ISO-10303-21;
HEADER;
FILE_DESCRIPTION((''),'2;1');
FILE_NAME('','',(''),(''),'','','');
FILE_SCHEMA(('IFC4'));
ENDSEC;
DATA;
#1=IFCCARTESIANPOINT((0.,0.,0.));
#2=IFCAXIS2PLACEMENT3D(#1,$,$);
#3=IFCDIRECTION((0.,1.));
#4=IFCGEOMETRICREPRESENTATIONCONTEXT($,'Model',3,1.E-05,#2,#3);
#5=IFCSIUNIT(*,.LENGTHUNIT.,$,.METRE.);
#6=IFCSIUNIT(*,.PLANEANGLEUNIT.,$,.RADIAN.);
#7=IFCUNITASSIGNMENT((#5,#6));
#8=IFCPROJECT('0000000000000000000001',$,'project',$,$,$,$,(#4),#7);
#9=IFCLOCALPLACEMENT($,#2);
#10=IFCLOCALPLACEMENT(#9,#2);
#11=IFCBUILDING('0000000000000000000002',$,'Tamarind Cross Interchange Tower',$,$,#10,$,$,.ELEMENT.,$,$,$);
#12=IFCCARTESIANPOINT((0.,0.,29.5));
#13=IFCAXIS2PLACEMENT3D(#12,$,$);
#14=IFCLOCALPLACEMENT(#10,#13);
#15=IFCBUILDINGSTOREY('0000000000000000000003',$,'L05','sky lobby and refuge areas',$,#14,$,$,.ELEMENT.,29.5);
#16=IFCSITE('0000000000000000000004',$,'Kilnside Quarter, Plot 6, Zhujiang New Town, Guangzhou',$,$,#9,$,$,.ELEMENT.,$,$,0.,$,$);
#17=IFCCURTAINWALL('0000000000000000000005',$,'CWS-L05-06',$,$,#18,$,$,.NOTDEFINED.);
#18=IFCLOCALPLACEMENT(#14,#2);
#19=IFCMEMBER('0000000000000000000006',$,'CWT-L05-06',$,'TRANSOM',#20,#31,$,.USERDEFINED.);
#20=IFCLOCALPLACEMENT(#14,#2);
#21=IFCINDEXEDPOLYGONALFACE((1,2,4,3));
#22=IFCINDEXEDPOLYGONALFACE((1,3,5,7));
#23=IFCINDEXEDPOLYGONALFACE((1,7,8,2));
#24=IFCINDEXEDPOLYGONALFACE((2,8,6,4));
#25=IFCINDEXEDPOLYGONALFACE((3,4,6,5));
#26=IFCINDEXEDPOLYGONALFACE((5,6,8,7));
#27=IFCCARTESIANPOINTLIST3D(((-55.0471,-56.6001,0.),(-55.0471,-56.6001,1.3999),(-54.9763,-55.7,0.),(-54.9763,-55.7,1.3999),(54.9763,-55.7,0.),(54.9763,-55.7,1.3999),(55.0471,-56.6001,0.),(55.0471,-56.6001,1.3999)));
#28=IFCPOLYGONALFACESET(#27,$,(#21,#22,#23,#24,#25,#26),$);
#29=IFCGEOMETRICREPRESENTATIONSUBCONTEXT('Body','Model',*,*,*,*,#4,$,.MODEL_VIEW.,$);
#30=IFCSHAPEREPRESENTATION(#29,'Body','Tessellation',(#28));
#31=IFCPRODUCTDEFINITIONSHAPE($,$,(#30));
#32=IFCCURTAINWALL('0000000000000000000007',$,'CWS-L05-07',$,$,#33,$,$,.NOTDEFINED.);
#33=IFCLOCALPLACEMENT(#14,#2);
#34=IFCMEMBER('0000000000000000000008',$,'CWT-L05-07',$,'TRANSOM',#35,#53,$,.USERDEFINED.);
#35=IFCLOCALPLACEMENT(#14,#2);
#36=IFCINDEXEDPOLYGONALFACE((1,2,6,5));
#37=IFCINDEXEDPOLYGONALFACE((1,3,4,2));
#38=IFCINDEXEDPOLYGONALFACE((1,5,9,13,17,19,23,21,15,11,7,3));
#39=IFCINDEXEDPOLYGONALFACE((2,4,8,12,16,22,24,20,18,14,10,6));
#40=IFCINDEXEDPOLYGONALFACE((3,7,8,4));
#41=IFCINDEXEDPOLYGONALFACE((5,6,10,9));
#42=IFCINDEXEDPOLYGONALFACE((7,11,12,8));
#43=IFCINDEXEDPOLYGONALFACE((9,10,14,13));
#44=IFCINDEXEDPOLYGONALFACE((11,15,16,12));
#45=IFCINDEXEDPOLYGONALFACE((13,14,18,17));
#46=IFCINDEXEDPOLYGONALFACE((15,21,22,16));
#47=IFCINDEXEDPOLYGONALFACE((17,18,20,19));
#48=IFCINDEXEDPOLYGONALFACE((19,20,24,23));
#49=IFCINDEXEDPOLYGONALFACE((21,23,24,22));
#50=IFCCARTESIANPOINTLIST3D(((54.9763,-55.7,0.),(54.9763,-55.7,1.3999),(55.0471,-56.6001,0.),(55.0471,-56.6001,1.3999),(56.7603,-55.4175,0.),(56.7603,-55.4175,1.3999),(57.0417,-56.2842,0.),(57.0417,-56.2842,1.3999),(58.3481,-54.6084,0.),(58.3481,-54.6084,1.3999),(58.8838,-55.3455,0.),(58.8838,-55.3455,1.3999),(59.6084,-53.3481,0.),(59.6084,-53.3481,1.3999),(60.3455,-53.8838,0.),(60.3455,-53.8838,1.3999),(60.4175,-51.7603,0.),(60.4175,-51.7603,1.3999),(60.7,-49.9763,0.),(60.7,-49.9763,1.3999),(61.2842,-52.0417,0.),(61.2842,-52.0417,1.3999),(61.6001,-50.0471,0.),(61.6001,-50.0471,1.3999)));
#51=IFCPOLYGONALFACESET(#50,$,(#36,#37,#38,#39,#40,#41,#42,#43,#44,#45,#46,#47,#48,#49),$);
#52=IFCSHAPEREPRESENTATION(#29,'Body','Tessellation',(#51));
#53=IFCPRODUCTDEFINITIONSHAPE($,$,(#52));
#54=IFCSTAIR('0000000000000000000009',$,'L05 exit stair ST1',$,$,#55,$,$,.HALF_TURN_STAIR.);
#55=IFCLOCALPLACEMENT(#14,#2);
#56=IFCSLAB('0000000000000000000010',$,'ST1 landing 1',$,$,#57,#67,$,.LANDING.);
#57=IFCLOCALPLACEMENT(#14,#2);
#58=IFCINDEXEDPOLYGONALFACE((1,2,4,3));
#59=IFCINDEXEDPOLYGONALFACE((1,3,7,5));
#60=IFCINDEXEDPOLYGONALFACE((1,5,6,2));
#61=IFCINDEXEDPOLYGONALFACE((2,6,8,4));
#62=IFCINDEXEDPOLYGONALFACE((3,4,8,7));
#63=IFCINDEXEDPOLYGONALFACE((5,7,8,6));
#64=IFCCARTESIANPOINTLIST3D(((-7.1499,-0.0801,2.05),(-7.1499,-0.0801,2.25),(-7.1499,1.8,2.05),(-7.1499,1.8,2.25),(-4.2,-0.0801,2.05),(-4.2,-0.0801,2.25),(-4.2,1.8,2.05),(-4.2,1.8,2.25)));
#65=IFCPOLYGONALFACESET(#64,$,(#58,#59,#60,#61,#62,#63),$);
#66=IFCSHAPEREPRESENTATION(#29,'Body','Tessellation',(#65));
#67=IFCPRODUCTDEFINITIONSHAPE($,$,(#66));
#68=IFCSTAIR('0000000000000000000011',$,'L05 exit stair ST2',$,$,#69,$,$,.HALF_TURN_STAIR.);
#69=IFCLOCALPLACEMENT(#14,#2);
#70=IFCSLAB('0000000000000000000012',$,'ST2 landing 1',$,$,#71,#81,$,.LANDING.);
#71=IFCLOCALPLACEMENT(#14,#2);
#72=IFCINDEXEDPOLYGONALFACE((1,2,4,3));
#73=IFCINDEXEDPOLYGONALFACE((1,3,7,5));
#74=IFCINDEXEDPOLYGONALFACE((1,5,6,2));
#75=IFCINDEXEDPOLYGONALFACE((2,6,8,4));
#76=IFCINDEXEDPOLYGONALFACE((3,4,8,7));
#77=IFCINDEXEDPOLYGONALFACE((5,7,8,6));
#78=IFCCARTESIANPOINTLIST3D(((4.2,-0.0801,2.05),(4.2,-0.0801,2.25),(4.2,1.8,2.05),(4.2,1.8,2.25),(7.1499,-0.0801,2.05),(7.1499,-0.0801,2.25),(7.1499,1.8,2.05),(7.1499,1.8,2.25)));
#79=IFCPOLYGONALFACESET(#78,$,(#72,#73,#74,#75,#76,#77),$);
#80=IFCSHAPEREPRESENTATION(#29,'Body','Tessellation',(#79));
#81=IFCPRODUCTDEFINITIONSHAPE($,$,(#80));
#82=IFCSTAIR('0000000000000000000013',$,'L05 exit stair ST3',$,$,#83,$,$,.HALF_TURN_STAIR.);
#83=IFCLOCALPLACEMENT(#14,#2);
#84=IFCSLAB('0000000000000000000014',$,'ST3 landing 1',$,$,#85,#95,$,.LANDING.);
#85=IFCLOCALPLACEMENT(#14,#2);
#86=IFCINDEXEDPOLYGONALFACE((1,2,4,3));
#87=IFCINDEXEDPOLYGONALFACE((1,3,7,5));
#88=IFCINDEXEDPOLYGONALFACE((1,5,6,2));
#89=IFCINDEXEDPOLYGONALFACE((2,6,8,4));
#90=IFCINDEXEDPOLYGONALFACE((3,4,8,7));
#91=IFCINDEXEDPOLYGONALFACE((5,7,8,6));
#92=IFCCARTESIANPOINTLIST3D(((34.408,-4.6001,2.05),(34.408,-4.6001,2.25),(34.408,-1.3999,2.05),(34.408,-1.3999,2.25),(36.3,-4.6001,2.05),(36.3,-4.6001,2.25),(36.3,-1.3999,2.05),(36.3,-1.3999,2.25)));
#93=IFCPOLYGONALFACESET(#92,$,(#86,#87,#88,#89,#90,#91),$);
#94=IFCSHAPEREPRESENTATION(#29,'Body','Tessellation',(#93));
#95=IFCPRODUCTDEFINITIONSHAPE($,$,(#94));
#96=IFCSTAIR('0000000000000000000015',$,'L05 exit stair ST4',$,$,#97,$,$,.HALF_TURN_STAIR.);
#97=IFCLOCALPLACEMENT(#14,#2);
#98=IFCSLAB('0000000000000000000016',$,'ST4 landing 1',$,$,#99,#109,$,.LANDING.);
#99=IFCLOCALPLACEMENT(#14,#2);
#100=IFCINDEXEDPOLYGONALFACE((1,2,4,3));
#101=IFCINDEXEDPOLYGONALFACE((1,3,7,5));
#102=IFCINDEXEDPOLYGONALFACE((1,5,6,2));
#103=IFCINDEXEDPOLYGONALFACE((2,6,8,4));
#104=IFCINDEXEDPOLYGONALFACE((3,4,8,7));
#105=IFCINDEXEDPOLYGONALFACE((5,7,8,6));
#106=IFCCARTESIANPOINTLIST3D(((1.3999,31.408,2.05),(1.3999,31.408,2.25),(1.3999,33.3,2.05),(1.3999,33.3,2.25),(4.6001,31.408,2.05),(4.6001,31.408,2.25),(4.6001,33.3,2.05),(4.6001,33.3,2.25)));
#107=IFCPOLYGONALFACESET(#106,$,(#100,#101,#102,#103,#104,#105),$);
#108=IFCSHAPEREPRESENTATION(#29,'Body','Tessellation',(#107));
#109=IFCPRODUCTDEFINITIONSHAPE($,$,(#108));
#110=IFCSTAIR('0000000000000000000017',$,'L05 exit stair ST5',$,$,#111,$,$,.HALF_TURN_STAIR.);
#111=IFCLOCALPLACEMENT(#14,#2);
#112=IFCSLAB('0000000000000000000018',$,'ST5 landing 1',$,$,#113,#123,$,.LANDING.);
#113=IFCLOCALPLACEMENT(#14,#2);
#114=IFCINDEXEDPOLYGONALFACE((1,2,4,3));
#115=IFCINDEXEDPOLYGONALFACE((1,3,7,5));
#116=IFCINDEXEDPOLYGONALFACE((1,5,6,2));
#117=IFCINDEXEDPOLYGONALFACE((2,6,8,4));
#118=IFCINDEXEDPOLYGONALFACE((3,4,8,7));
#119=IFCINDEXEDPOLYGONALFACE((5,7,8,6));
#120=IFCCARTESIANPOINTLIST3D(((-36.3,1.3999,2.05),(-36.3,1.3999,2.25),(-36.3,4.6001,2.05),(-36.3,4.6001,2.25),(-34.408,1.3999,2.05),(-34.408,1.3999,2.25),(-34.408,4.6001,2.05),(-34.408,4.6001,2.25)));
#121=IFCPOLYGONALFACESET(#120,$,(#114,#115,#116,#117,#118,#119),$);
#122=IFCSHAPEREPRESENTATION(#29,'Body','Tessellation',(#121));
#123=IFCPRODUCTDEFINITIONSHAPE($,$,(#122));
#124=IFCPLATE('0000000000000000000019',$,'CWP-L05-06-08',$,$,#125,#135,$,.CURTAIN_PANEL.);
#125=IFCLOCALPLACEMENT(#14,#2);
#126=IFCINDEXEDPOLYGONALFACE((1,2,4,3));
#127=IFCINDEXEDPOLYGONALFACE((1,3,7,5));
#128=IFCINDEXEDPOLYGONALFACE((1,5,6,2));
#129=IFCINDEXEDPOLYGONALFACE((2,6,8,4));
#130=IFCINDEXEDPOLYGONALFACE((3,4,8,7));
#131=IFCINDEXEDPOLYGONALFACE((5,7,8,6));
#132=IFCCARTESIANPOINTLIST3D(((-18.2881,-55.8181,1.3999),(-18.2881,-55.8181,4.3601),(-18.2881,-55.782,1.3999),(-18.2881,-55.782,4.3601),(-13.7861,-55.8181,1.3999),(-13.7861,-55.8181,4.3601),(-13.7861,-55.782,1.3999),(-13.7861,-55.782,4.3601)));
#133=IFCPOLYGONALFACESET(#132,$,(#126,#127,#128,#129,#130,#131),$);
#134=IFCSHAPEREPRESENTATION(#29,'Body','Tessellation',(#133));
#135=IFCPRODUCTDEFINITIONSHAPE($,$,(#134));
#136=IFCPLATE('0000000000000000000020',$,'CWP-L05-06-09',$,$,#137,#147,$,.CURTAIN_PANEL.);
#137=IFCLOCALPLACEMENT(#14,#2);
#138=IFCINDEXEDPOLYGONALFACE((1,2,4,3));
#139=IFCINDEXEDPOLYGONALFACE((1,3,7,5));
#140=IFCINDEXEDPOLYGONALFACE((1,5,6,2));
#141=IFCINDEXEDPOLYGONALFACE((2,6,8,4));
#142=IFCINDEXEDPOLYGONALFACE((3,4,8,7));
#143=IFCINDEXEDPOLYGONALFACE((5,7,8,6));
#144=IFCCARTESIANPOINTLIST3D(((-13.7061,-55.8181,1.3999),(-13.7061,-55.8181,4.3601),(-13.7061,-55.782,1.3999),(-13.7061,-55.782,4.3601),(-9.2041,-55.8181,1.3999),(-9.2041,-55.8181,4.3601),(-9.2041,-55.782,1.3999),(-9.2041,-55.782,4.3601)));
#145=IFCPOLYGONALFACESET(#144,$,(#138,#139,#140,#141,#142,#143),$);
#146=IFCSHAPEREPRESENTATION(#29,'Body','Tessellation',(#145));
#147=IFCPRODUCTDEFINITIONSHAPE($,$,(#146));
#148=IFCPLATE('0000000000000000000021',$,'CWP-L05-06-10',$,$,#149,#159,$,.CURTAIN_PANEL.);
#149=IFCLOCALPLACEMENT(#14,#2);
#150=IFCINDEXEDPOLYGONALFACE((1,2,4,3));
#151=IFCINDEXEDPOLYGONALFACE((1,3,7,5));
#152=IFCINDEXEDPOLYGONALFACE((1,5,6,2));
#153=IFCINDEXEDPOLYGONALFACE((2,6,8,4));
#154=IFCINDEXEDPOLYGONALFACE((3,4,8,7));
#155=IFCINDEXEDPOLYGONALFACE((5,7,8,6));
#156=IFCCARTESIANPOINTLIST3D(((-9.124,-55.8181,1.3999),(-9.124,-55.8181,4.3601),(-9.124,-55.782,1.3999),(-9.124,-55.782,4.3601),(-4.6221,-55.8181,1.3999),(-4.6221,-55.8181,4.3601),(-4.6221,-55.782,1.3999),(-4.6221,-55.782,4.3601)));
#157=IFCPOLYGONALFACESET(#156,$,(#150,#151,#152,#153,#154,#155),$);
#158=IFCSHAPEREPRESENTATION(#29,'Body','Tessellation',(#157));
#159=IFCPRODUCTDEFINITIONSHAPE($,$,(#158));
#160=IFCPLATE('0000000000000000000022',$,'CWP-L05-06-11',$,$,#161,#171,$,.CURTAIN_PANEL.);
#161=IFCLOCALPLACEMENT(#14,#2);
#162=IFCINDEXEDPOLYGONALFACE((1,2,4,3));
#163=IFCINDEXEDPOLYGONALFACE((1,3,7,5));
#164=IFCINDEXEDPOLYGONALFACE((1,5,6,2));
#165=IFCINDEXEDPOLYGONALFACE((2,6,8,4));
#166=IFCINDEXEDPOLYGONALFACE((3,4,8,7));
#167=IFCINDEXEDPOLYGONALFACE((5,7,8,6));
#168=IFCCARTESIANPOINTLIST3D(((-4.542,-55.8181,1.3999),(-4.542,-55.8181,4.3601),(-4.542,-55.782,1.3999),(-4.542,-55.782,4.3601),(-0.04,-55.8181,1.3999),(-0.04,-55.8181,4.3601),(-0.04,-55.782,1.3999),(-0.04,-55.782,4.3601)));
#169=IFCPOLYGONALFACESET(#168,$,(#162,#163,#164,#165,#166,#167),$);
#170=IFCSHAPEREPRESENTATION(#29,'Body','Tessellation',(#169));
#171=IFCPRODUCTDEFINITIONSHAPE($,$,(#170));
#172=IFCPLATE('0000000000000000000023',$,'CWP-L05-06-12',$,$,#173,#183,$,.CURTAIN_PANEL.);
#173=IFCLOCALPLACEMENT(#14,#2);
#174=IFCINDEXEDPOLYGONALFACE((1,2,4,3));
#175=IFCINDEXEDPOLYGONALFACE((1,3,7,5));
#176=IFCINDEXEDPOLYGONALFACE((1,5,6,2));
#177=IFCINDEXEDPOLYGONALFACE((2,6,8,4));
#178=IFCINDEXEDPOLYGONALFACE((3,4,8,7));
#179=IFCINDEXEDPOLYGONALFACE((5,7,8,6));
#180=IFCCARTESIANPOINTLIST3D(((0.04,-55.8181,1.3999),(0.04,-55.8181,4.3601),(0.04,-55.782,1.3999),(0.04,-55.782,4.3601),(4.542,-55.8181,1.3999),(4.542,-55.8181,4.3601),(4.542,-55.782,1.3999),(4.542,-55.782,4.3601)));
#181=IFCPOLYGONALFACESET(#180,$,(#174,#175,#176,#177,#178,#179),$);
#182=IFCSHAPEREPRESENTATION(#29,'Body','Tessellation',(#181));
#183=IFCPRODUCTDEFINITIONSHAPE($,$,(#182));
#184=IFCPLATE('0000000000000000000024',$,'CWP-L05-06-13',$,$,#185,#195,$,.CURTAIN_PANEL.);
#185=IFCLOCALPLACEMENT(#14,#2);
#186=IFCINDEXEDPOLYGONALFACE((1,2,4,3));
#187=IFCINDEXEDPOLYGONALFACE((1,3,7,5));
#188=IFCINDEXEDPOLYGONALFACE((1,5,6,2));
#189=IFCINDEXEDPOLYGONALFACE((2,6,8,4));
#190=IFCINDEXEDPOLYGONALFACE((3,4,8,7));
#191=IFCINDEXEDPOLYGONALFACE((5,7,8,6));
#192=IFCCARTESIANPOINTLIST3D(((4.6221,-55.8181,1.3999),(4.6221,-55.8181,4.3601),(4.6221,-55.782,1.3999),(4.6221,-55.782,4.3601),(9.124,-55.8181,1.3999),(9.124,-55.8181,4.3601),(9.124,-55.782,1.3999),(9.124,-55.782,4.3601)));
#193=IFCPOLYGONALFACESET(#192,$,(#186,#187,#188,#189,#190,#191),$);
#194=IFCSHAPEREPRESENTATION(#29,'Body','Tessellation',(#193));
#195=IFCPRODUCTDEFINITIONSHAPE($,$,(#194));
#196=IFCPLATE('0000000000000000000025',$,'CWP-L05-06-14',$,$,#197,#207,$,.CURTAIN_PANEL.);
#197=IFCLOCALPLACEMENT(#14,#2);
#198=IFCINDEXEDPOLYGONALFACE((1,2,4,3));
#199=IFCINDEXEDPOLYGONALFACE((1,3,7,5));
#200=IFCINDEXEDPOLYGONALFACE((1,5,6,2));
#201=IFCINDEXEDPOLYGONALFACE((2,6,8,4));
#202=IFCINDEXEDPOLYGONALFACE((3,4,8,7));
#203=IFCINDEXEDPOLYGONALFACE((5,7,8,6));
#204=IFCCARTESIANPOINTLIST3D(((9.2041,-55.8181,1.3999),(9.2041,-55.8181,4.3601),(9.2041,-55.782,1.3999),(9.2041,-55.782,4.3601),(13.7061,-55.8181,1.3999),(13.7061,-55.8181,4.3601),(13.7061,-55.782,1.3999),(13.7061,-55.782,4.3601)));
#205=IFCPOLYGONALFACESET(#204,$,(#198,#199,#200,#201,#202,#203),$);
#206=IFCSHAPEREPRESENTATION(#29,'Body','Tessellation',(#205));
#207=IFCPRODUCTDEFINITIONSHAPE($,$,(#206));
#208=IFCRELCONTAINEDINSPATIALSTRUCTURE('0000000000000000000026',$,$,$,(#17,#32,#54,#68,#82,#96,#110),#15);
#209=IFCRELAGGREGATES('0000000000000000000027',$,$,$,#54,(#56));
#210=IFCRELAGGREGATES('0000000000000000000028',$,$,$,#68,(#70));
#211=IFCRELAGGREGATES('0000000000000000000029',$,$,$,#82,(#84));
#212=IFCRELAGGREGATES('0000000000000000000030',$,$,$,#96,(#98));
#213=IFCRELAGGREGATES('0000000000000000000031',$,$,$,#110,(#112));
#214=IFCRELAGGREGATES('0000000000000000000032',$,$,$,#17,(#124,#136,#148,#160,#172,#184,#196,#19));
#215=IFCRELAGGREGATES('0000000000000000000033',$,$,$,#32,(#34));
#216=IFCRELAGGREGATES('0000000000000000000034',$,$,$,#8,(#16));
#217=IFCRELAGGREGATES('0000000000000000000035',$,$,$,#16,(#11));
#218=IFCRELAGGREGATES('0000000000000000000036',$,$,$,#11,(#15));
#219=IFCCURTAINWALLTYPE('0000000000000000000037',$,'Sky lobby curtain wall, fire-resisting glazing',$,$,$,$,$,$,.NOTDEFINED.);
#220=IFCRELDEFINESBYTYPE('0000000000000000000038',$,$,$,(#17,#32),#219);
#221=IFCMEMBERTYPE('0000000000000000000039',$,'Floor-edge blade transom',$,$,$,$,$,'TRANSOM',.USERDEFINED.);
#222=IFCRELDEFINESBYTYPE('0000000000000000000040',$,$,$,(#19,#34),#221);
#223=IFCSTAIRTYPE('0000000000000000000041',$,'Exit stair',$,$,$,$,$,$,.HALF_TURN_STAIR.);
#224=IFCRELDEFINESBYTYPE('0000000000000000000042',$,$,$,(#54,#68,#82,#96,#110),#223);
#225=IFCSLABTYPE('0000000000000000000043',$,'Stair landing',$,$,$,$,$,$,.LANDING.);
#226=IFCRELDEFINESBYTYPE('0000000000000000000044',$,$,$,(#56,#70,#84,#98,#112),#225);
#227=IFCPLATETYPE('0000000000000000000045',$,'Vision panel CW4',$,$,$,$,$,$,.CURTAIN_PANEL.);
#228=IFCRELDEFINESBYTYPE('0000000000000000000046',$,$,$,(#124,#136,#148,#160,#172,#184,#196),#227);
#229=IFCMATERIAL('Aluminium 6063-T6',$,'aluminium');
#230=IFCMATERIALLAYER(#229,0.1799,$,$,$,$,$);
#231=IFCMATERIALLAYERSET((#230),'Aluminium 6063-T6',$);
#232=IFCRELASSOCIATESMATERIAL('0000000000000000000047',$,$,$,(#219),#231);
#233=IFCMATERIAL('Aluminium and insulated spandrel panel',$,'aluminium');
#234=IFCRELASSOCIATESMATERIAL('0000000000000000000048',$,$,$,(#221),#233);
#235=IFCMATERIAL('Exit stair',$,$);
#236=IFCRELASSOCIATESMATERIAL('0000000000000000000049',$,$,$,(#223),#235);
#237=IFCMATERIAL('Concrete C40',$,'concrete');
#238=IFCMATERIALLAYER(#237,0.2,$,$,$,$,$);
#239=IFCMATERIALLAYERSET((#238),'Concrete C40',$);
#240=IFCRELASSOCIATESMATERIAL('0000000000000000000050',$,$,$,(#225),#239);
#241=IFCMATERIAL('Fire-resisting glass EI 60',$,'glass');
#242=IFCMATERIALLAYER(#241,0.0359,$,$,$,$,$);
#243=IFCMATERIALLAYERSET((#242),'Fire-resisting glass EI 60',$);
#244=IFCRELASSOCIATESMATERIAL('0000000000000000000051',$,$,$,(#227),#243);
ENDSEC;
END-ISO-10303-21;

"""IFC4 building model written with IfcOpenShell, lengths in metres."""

from ifc_helpers import new_model, si_unit, direction, frame, origin, place, context, subcontext, project, spatial, polyline, outline, extrude, material, layer, layer_set, type_object, element, aggregate, save


model = new_model("IFC4")

# Units and contexts
model_context = context("Model", 3, precision=1e-05, world=origin(), true_north=direction((0.0, 1.0)))
body_context = subcontext(model_context, "Body", "Model", "MODEL_VIEW")
ifc_project = project(units=[si_unit("LENGTHUNIT", "METRE"), si_unit("PLANEANGLEUNIT", "RADIAN")], contexts=[model_context])

# Site, building, storey
site_placement = place(None, origin())
site = spatial("IfcSite", under=ifc_project, at=site_placement, Name="Kilnside Quarter, Plot 6, Zhujiang New Town, Guangzhou", CompositionType="ELEMENT", RefElevation=0.0)
building_placement = place(site_placement, origin())
building = spatial("IfcBuilding", under=site, at=building_placement, Name="Tamarind Cross Interchange Tower", CompositionType="ELEMENT")
storey_placement = place(building_placement, frame((0.0, 0.0, 29.5)))
storey = spatial("IfcBuildingStorey", under=building, at=storey_placement, Name="L05", Description="sky lobby and refuge areas", CompositionType="ELEMENT", Elevation=29.5)

# Curtain walls, members
ifc_material_1 = material(Name="Aluminium 6063-T6", Category="aluminium")
ifc_layer_1 = layer(ifc_material_1, 0.1799)
ifc_layer_set_1 = layer_set([ifc_layer_1], Name="Aluminium 6063-T6")
curtain_wall_type = type_object("IfcCurtainWallType", Name="Sky lobby curtain wall, fire-resisting glazing", PredefinedType="NOTDEFINED", material=ifc_layer_set_1)
curtain_wall_1_placement = place(storey_placement, origin())
curtain_wall_1 = element("IfcCurtainWall", 1, at=curtain_wall_1_placement, inside=storey, type_object=curtain_wall_type, Name="CWS-L05-06", PredefinedType="NOTDEFINED")
ifc_material_2 = material(Name="Aluminium and insulated spandrel panel", Category="aluminium")
member_type = type_object("IfcMemberType", Name="Floor-edge blade transom", ElementType="TRANSOM", PredefinedType="USERDEFINED", material=ifc_material_2)
member_1_placement = place(storey_placement, origin())
member_1 = element("IfcMember", 2, at=member_1_placement, type_object=member_type, Name="CWT-L05-06", ObjectType="TRANSOM", PredefinedType="USERDEFINED", context=body_context, shape_type="SweptSolid", body=[
    extrude(outline(polyline([(-54.9763, -55.7), (54.9763, -55.7), (55.0471, -56.6001), (-55.0471, -56.6001), (-54.9763, -55.7)])), origin(), (0.0, 0.0, 1.0), 1.3999),
])
curtain_wall_2_placement = place(storey_placement, origin())
curtain_wall_2 = element("IfcCurtainWall", 3, at=curtain_wall_2_placement, inside=storey, type_object=curtain_wall_type, Name="CWS-L05-07", PredefinedType="NOTDEFINED")
member_2_placement = place(storey_placement, origin())
member_2 = element("IfcMember", 4, at=member_2_placement, type_object=member_type, Name="CWT-L05-07", ObjectType="TRANSOM", PredefinedType="USERDEFINED", context=body_context, shape_type="SweptSolid", body=[
    extrude(outline(polyline([(54.9763, -55.7), (56.7603, -55.4175), (58.3481, -54.6084), (59.6084, -53.3481), (60.4175, -51.7603), (60.7, -49.9763), (61.6001, -50.0471), (61.2842, -52.0417), (60.3455, -53.8838), (58.8838, -55.3455), (57.0417, -56.2842), (55.0471, -56.6001), (54.9763, -55.7)])), origin(), (0.0, 0.0, 1.0), 1.3999),
])

# Stairs, slabs
ifc_material_3 = material(Name="Exit stair")
stair_type = type_object("IfcStairType", Name="Exit stair", PredefinedType="HALF_TURN_STAIR", material=ifc_material_3)
stair_1_placement = place(storey_placement, origin())
stair_1 = element("IfcStair", 5, at=stair_1_placement, inside=storey, type_object=stair_type, Name="L05 exit stair ST1", PredefinedType="HALF_TURN_STAIR")
ifc_material_4 = material(Name="Concrete C40", Category="concrete")
ifc_layer_2 = layer(ifc_material_4, 0.2)
ifc_layer_set_2 = layer_set([ifc_layer_2], Name="Concrete C40")
slab_type = type_object("IfcSlabType", Name="Stair landing", PredefinedType="LANDING", material=ifc_layer_set_2)
slab_1_placement = place(storey_placement, frame((0.0, 0.0, 2.05)))
slab_1 = element("IfcSlab", 6, at=slab_1_placement, type_object=slab_type, Name="ST1 landing 1", PredefinedType="LANDING", context=body_context, shape_type="SweptSolid", body=[
    extrude(outline(polyline([(-4.2, -0.0801), (-4.2, 1.8), (-7.1499, 1.8), (-7.1499, -0.0801), (-4.2, -0.0801)])), origin(), (0.0, 0.0, 1.0), 0.2),
])
aggregate(stair_1, [slab_1])
stair_2_placement = place(storey_placement, origin())
stair_2 = element("IfcStair", 7, at=stair_2_placement, inside=storey, type_object=stair_type, Name="L05 exit stair ST2", PredefinedType="HALF_TURN_STAIR")
slab_2_placement = place(storey_placement, frame((0.0, 0.0, 2.05)))
slab_2 = element("IfcSlab", 8, at=slab_2_placement, type_object=slab_type, Name="ST2 landing 1", PredefinedType="LANDING", context=body_context, shape_type="SweptSolid", body=[
    extrude(outline(polyline([(7.1499, -0.0801), (7.1499, 1.8), (4.2, 1.8), (4.2, -0.0801), (7.1499, -0.0801)])), origin(), (0.0, 0.0, 1.0), 0.2),
])
aggregate(stair_2, [slab_2])
stair_3_placement = place(storey_placement, origin())
stair_3 = element("IfcStair", 9, at=stair_3_placement, inside=storey, type_object=stair_type, Name="L05 exit stair ST3", PredefinedType="HALF_TURN_STAIR")
slab_3_placement = place(storey_placement, frame((0.0, 0.0, 2.05)))
slab_3 = element("IfcSlab", 10, at=slab_3_placement, type_object=slab_type, Name="ST3 landing 1", PredefinedType="LANDING", context=body_context, shape_type="SweptSolid", body=[
    extrude(outline(polyline([(34.408, -4.6001), (36.3, -4.6001), (36.3, -1.3999), (34.408, -1.3999), (34.408, -4.6001)])), origin(), (0.0, 0.0, 1.0), 0.2),
])
aggregate(stair_3, [slab_3])
stair_4_placement = place(storey_placement, origin())
stair_4 = element("IfcStair", 11, at=stair_4_placement, inside=storey, type_object=stair_type, Name="L05 exit stair ST4", PredefinedType="HALF_TURN_STAIR")
slab_4_placement = place(storey_placement, frame((0.0, 0.0, 2.05)))
slab_4 = element("IfcSlab", 12, at=slab_4_placement, type_object=slab_type, Name="ST4 landing 1", PredefinedType="LANDING", context=body_context, shape_type="SweptSolid", body=[
    extrude(outline(polyline([(4.6001, 31.408), (4.6001, 33.3), (1.3999, 33.3), (1.3999, 31.408), (4.6001, 31.408)])), origin(), (0.0, 0.0, 1.0), 0.2),
])
aggregate(stair_4, [slab_4])
stair_5_placement = place(storey_placement, origin())
stair_5 = element("IfcStair", 13, at=stair_5_placement, inside=storey, type_object=stair_type, Name="L05 exit stair ST5", PredefinedType="HALF_TURN_STAIR")
slab_5_placement = place(storey_placement, frame((0.0, 0.0, 2.05)))
slab_5 = element("IfcSlab", 14, at=slab_5_placement, type_object=slab_type, Name="ST5 landing 1", PredefinedType="LANDING", context=body_context, shape_type="SweptSolid", body=[
    extrude(outline(polyline([(-34.408, 4.6001), (-36.3, 4.6001), (-36.3, 1.3999), (-34.408, 1.3999), (-34.408, 4.6001)])), origin(), (0.0, 0.0, 1.0), 0.2),
])
aggregate(stair_5, [slab_5])

# Plates
ifc_material_5 = material(Name="Fire-resisting glass EI 60", Category="glass")
ifc_layer_3 = layer(ifc_material_5, 0.0359)
ifc_layer_set_3 = layer_set([ifc_layer_3], Name="Fire-resisting glass EI 60")
plate_type = type_object("IfcPlateType", Name="Vision panel CW4", PredefinedType="CURTAIN_PANEL", material=ifc_layer_set_3)
plate_1_placement = place(storey_placement, frame((0.0, 0.0, 1.3999)))
plate_1 = element("IfcPlate", 15, at=plate_1_placement, type_object=plate_type, Name="CWP-L05-06-08", PredefinedType="CURTAIN_PANEL", context=body_context, shape_type="SweptSolid", body=[
    extrude(outline(polyline([(-18.2881, -55.782), (-13.7861, -55.782), (-13.7861, -55.8181), (-18.2881, -55.8181), (-18.2881, -55.782)])), origin(), (0.0, 0.0, 1.0), 2.9602),
])
plate_2_placement = place(storey_placement, frame((0.0, 0.0, 1.3999)))
plate_2 = element("IfcPlate", 16, at=plate_2_placement, type_object=plate_type, Name="CWP-L05-06-09", PredefinedType="CURTAIN_PANEL", context=body_context, shape_type="SweptSolid", body=[
    extrude(outline(polyline([(-13.7061, -55.782), (-9.2041, -55.782), (-9.2041, -55.8181), (-13.7061, -55.8181), (-13.7061, -55.782)])), origin(), (0.0, 0.0, 1.0), 2.9602),
])
plate_3_placement = place(storey_placement, frame((0.0, 0.0, 1.3999)))
plate_3 = element("IfcPlate", 17, at=plate_3_placement, type_object=plate_type, Name="CWP-L05-06-10", PredefinedType="CURTAIN_PANEL", context=body_context, shape_type="SweptSolid", body=[
    extrude(outline(polyline([(-9.124, -55.782), (-4.6221, -55.782), (-4.6221, -55.8181), (-9.124, -55.8181), (-9.124, -55.782)])), origin(), (0.0, 0.0, 1.0), 2.9602),
])
plate_4_placement = place(storey_placement, frame((0.0, 0.0, 1.3999)))
plate_4 = element("IfcPlate", 18, at=plate_4_placement, type_object=plate_type, Name="CWP-L05-06-11", PredefinedType="CURTAIN_PANEL", context=body_context, shape_type="SweptSolid", body=[
    extrude(outline(polyline([(-4.542, -55.782), (-0.04, -55.782), (-0.04, -55.8181), (-4.542, -55.8181), (-4.542, -55.782)])), origin(), (0.0, 0.0, 1.0), 2.9602),
])
plate_5_placement = place(storey_placement, frame((0.0, 0.0, 1.3999)))
plate_5 = element("IfcPlate", 19, at=plate_5_placement, type_object=plate_type, Name="CWP-L05-06-12", PredefinedType="CURTAIN_PANEL", context=body_context, shape_type="SweptSolid", body=[
    extrude(outline(polyline([(0.04, -55.782), (4.542, -55.782), (4.542, -55.8181), (0.04, -55.8181), (0.04, -55.782)])), origin(), (0.0, 0.0, 1.0), 2.9602),
])
plate_6_placement = place(storey_placement, frame((0.0, 0.0, 1.3999)))
plate_6 = element("IfcPlate", 20, at=plate_6_placement, type_object=plate_type, Name="CWP-L05-06-13", PredefinedType="CURTAIN_PANEL", context=body_context, shape_type="SweptSolid", body=[
    extrude(outline(polyline([(4.6221, -55.782), (9.124, -55.782), (9.124, -55.8181), (4.6221, -55.8181), (4.6221, -55.782)])), origin(), (0.0, 0.0, 1.0), 2.9602),
])
plate_7_placement = place(storey_placement, frame((0.0, 0.0, 1.3999)))
plate_7 = element("IfcPlate", 21, at=plate_7_placement, type_object=plate_type, Name="CWP-L05-06-14", PredefinedType="CURTAIN_PANEL", context=body_context, shape_type="SweptSolid", body=[
    extrude(outline(polyline([(9.2041, -55.782), (13.7061, -55.782), (13.7061, -55.8181), (9.2041, -55.8181), (9.2041, -55.782)])), origin(), (0.0, 0.0, 1.0), 2.9602),
])
aggregate(curtain_wall_1, [plate_1, plate_2, plate_3, plate_4, plate_5, plate_6, plate_7, member_1])
aggregate(curtain_wall_2, [member_2])

save(model, "model.ifc")
